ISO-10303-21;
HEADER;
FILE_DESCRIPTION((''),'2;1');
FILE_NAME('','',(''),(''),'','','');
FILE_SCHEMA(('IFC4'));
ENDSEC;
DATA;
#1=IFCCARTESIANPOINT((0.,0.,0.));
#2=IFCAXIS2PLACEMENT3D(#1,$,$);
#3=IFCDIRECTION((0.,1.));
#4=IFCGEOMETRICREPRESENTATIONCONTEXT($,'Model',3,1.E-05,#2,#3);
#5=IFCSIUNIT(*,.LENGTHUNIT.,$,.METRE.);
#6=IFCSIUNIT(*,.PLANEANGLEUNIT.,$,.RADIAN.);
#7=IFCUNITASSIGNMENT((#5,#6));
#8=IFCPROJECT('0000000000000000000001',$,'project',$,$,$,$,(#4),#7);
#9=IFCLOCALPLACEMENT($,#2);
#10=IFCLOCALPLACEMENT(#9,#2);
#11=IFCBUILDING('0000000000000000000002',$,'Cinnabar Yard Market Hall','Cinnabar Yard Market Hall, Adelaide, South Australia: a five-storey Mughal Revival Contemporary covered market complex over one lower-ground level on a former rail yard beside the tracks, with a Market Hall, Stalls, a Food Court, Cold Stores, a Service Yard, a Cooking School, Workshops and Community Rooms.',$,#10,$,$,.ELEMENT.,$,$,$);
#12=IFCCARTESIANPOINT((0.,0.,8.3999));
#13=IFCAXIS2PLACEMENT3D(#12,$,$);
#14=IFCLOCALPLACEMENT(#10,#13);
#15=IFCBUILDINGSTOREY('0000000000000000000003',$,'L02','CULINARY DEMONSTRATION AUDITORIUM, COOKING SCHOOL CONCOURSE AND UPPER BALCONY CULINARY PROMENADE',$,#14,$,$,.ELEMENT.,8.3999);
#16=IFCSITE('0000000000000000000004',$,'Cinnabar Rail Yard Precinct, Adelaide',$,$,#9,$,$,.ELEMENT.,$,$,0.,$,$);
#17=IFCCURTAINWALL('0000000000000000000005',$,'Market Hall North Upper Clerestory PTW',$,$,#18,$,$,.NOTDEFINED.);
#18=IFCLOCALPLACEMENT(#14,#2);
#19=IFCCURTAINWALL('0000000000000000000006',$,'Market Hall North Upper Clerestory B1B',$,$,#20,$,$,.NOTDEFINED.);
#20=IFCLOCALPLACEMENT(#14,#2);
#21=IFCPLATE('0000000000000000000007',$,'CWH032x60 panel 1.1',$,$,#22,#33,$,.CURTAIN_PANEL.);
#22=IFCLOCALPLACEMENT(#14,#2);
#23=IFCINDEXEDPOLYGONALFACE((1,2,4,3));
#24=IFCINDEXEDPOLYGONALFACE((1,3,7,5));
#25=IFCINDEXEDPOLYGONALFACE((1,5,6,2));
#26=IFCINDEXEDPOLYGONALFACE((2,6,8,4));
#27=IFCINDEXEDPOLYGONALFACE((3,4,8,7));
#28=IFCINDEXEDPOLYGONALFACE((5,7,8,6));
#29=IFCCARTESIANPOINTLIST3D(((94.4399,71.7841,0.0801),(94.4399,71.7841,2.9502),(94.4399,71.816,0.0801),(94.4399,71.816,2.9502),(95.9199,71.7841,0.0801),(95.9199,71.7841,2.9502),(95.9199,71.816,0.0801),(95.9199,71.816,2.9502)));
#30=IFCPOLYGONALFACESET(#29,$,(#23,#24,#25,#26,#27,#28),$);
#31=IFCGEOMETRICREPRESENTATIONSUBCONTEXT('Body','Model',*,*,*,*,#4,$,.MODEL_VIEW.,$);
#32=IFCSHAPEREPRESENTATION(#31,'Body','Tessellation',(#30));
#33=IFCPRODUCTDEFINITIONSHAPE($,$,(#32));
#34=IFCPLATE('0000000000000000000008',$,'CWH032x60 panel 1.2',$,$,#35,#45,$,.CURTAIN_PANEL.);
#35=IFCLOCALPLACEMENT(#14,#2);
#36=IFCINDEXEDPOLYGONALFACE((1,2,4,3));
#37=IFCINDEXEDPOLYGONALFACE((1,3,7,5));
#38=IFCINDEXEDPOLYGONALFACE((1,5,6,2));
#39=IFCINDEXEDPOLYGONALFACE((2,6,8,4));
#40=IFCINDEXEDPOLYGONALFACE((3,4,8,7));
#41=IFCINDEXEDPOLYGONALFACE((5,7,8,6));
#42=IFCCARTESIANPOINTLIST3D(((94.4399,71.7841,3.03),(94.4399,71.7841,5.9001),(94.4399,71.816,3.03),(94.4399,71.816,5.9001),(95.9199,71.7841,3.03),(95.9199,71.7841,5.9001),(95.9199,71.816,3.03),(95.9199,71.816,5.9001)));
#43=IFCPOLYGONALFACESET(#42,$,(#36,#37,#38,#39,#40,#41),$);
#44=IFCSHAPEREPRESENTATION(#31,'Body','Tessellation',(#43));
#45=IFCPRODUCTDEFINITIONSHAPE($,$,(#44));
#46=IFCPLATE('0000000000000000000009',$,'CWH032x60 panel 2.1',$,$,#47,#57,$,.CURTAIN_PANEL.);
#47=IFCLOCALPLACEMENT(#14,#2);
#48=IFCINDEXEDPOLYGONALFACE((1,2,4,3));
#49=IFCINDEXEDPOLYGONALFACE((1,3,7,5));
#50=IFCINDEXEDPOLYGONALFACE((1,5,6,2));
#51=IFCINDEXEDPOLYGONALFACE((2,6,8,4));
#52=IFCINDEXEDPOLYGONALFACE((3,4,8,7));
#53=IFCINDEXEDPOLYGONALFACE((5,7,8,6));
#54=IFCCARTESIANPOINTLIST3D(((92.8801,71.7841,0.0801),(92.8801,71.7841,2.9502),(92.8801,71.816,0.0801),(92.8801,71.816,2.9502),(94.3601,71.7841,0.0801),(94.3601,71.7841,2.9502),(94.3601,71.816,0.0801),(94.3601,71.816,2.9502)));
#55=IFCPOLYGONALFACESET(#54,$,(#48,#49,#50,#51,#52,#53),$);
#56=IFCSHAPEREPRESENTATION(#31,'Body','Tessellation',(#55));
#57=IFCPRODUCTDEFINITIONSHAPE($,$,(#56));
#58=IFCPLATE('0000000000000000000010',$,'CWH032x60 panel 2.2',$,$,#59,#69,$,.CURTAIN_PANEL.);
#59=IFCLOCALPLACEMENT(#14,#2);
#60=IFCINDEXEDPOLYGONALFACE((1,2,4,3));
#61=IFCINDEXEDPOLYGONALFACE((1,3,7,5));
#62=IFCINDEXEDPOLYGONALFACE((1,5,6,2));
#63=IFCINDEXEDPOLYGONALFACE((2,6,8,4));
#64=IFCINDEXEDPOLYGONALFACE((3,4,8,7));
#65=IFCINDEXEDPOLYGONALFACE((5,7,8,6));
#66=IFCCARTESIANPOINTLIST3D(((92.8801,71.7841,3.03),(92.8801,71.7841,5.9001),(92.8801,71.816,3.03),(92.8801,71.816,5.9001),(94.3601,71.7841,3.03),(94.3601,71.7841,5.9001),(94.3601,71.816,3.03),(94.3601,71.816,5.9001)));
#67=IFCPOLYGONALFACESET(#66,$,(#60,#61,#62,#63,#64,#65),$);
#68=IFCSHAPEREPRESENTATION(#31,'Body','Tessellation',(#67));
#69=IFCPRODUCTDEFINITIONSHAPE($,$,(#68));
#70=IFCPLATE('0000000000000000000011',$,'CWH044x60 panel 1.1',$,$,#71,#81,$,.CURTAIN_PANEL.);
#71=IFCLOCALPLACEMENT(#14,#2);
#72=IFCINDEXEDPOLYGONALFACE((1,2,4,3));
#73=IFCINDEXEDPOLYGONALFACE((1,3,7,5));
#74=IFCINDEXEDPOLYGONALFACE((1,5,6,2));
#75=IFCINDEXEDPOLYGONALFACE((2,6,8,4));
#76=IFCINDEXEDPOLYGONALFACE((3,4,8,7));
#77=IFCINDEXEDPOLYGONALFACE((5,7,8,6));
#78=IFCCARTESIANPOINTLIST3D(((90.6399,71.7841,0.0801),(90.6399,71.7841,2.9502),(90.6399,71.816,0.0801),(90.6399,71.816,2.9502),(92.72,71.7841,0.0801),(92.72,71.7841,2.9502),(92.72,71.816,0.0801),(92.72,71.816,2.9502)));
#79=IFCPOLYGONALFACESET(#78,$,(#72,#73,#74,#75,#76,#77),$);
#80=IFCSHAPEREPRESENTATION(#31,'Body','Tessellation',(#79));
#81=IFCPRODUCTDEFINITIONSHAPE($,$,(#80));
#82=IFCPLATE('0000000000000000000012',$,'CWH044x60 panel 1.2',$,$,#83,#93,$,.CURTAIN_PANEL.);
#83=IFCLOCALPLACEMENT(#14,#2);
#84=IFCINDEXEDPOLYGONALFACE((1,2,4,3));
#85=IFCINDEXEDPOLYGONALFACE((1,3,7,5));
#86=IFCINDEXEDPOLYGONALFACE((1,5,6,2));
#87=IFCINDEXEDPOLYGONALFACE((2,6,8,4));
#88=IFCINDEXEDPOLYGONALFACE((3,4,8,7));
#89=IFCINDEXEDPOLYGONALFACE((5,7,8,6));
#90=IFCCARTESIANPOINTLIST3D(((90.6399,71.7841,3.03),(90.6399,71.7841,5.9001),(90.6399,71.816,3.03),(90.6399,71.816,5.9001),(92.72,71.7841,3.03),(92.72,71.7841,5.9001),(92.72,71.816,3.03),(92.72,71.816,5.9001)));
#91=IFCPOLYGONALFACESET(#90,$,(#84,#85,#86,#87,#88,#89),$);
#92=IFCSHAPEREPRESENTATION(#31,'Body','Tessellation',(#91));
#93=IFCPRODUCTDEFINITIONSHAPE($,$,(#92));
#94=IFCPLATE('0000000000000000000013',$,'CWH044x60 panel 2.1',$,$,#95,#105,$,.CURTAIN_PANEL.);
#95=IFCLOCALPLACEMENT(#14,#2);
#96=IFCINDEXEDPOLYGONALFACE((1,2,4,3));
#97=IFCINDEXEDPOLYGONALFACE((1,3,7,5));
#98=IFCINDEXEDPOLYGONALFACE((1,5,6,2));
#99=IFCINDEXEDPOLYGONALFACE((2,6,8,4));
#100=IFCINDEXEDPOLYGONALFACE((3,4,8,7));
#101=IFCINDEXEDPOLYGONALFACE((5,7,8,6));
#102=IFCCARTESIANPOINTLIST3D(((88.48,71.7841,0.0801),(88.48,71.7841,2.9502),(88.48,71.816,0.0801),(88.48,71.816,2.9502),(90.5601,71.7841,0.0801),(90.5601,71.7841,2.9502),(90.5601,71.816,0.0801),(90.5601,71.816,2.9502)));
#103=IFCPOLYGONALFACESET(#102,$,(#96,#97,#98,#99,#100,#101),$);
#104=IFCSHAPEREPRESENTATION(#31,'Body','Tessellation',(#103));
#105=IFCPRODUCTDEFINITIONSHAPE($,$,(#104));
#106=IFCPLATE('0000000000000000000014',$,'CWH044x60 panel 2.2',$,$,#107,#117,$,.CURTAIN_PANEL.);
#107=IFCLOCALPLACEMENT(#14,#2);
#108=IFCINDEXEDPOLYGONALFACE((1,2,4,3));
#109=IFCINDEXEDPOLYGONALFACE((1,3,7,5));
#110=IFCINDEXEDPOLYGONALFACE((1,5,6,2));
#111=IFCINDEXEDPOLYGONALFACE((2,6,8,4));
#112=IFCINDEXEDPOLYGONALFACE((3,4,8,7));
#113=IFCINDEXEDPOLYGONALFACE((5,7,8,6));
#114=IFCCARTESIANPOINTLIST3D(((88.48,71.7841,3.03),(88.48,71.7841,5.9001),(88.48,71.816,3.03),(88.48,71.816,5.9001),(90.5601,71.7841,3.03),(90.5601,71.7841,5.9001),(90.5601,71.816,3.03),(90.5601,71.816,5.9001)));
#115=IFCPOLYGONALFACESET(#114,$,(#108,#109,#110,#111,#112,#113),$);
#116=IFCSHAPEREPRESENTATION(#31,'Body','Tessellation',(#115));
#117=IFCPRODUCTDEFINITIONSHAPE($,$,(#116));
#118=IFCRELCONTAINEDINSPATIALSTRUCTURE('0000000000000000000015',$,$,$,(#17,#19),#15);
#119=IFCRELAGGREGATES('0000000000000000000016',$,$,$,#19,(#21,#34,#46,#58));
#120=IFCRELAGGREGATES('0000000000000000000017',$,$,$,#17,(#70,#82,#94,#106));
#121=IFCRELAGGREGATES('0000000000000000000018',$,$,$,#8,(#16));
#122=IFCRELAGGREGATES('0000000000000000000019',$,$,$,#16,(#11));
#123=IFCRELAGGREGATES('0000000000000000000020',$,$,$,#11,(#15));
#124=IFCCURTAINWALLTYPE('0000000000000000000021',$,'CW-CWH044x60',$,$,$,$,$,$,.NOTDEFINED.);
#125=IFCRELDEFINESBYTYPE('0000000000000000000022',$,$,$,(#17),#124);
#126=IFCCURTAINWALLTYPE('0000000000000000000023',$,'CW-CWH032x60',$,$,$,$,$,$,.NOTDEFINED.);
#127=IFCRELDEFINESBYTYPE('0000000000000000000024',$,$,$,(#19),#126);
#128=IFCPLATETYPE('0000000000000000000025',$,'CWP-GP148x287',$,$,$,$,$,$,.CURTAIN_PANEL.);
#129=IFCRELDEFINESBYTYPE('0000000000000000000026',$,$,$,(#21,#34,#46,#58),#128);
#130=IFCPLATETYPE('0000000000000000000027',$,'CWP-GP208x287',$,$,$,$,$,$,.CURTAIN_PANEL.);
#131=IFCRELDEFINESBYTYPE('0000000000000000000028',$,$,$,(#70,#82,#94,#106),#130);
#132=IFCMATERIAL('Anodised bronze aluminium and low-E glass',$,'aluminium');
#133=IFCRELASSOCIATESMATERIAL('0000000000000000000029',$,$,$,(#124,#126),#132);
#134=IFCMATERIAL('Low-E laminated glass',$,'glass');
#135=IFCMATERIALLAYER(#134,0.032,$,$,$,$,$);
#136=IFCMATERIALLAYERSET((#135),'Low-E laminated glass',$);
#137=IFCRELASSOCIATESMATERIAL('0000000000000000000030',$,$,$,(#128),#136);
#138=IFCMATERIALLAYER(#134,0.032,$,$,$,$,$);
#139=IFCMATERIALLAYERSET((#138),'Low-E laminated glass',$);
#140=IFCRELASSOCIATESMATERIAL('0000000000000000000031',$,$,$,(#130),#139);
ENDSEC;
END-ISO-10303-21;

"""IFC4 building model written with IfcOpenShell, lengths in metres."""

from ifc_helpers import new_model, si_unit, direction, frame, origin, origin_2d_with_axis, place, context, subcontext, project, spatial, rectangle, extrude, material, layer, layer_set, type_object, element, aggregate, save


model = new_model("IFC4")

# Units and contexts
model_context = context("Model", 3, precision=1e-05, world=origin(), true_north=direction((0.0, 1.0)))
body_context = subcontext(model_context, "Body", "Model", "MODEL_VIEW")
ifc_project = project(units=[si_unit("LENGTHUNIT", "METRE"), si_unit("PLANEANGLEUNIT", "RADIAN")], contexts=[model_context])

# Site, building, storey
site_placement = place(None, origin())
site = spatial("IfcSite", under=ifc_project, at=site_placement, Name="Cinnabar Rail Yard Precinct, Adelaide", CompositionType="ELEMENT", RefElevation=0.0)
building_placement = place(site_placement, origin())
building = spatial("IfcBuilding", under=site, at=building_placement, Name="Cinnabar Yard Market Hall", Description="Cinnabar Yard Market Hall, Adelaide, South Australia: a five-storey Mughal Revival Contemporary covered market complex over one lower-ground level on a former rail yard beside the tracks, with a Market Hall, Stalls, a Food Court, Cold Stores, a Service Yard, a Cooking School, Workshops and Community Rooms.", CompositionType="ELEMENT")
storey_placement = place(building_placement, frame((0.0, 0.0, 8.3999)))
storey = spatial("IfcBuildingStorey", under=building, at=storey_placement, Name="L02", Description="CULINARY DEMONSTRATION AUDITORIUM, COOKING SCHOOL CONCOURSE AND UPPER BALCONY CULINARY PROMENADE", CompositionType="ELEMENT", Elevation=8.3999)

# Shared definitions
ifc_material_1 = material(Name="Anodised bronze aluminium and low-E glass", Category="aluminium")
curtain_wall_type_1 = type_object("IfcCurtainWallType", Name="CW-CWH044x60", PredefinedType="NOTDEFINED", material=ifc_material_1)

# Curtain walls
curtain_wall_1_placement = place(storey_placement, origin())
curtain_wall_1 = element("IfcCurtainWall", 1, at=curtain_wall_1_placement, inside=storey, type_object=curtain_wall_type_1, Name="Market Hall North Upper Clerestory PTW", PredefinedType="NOTDEFINED")
curtain_wall_type_2 = type_object("IfcCurtainWallType", Name="CW-CWH032x60", PredefinedType="NOTDEFINED", material=ifc_material_1)
curtain_wall_2_placement = place(storey_placement, origin())
curtain_wall_2 = element("IfcCurtainWall", 2, at=curtain_wall_2_placement, inside=storey, type_object=curtain_wall_type_2, Name="Market Hall North Upper Clerestory B1B", PredefinedType="NOTDEFINED")

# Plates
ifc_material_2 = material(Name="Low-E laminated glass", Category="glass")
ifc_layer_1 = layer(ifc_material_2, 0.032)
ifc_layer_set_1 = layer_set([ifc_layer_1], Name="Low-E laminated glass")
plate_type_1 = type_object("IfcPlateType", Name="CWP-GP148x287", PredefinedType="CURTAIN_PANEL", material=ifc_layer_set_1)
plate_1_placement = place(storey_placement, frame((95.1799, 71.8, 0.0801), z_axis=(0.0, 0.0, 1.0), x_axis=(-1.0, 0.0, 0.0)))
plate_1 = element("IfcPlate", 3, at=plate_1_placement, type_object=plate_type_1, Name="CWH032x60 panel 1.1", PredefinedType="CURTAIN_PANEL", context=body_context, shape_type="SweptSolid", body=[
    extrude(rectangle(XDim=1.48, YDim=0.032, at=origin_2d_with_axis()), origin(), (0.0, 0.0, 1.0), 2.8701),
])
plate_2_placement = place(storey_placement, frame((95.1799, 71.8, 3.03), z_axis=(0.0, 0.0, 1.0), x_axis=(-1.0, 0.0, 0.0)))
plate_2 = element("IfcPlate", 4, at=plate_2_placement, type_object=plate_type_1, Name="CWH032x60 panel 1.2", PredefinedType="CURTAIN_PANEL", context=body_context, shape_type="SweptSolid", body=[
    extrude(rectangle(XDim=1.48, YDim=0.032, at=origin_2d_with_axis()), origin(), (0.0, 0.0, 1.0), 2.8701),
])
plate_3_placement = place(storey_placement, frame((93.6201, 71.8, 0.0801), z_axis=(0.0, 0.0, 1.0), x_axis=(-1.0, 0.0, 0.0)))
plate_3 = element("IfcPlate", 5, at=plate_3_placement, type_object=plate_type_1, Name="CWH032x60 panel 2.1", PredefinedType="CURTAIN_PANEL", context=body_context, shape_type="SweptSolid", body=[
    extrude(rectangle(XDim=1.48, YDim=0.032, at=origin_2d_with_axis()), origin(), (0.0, 0.0, 1.0), 2.8701),
])
plate_4_placement = place(storey_placement, frame((93.6201, 71.8, 3.03), z_axis=(0.0, 0.0, 1.0), x_axis=(-1.0, 0.0, 0.0)))
plate_4 = element("IfcPlate", 6, at=plate_4_placement, type_object=plate_type_1, Name="CWH032x60 panel 2.2", PredefinedType="CURTAIN_PANEL", context=body_context, shape_type="SweptSolid", body=[
    extrude(rectangle(XDim=1.48, YDim=0.032, at=origin_2d_with_axis()), origin(), (0.0, 0.0, 1.0), 2.8701),
])
aggregate(curtain_wall_2, [plate_1, plate_2, plate_3, plate_4])
ifc_layer_2 = layer(ifc_material_2, 0.032)
ifc_layer_set_2 = layer_set([ifc_layer_2], Name="Low-E laminated glass")
plate_type_2 = type_object("IfcPlateType", Name="CWP-GP208x287", PredefinedType="CURTAIN_PANEL", material=ifc_layer_set_2)
plate_5_placement = place(storey_placement, frame((91.6799, 71.8, 0.0801), z_axis=(0.0, 0.0, 1.0), x_axis=(-1.0, 0.0, 0.0)))
plate_5 = element("IfcPlate", 7, at=plate_5_placement, type_object=plate_type_2, Name="CWH044x60 panel 1.1", PredefinedType="CURTAIN_PANEL", context=body_context, shape_type="SweptSolid", body=[
    extrude(rectangle(XDim=2.0801, YDim=0.032, at=origin_2d_with_axis()), origin(), (0.0, 0.0, 1.0), 2.8701),
])
plate_6_placement = place(storey_placement, frame((91.6799, 71.8, 3.03), z_axis=(0.0, 0.0, 1.0), x_axis=(-1.0, 0.0, 0.0)))
plate_6 = element("IfcPlate", 8, at=plate_6_placement, type_object=plate_type_2, Name="CWH044x60 panel 1.2", PredefinedType="CURTAIN_PANEL", context=body_context, shape_type="SweptSolid", body=[
    extrude(rectangle(XDim=2.0801, YDim=0.032, at=origin_2d_with_axis()), origin(), (0.0, 0.0, 1.0), 2.8701),
])
plate_7_placement = place(storey_placement, frame((89.52, 71.8, 0.0801), z_axis=(0.0, 0.0, 1.0), x_axis=(-1.0, 0.0, 0.0)))
plate_7 = element("IfcPlate", 9, at=plate_7_placement, type_object=plate_type_2, Name="CWH044x60 panel 2.1", PredefinedType="CURTAIN_PANEL", context=body_context, shape_type="SweptSolid", body=[
    extrude(rectangle(XDim=2.0801, YDim=0.032, at=origin_2d_with_axis()), origin(), (0.0, 0.0, 1.0), 2.8701),
])
plate_8_placement = place(storey_placement, frame((89.52, 71.8, 3.03), z_axis=(0.0, 0.0, 1.0), x_axis=(-1.0, 0.0, 0.0)))
plate_8 = element("IfcPlate", 10, at=plate_8_placement, type_object=plate_type_2, Name="CWH044x60 panel 2.2", PredefinedType="CURTAIN_PANEL", context=body_context, shape_type="SweptSolid", body=[
    extrude(rectangle(XDim=2.0801, YDim=0.032, at=origin_2d_with_axis()), origin(), (0.0, 0.0, 1.0), 2.8701),
])
aggregate(curtain_wall_1, [plate_5, plate_6, plate_7, plate_8])

save(model, "model.ifc")
